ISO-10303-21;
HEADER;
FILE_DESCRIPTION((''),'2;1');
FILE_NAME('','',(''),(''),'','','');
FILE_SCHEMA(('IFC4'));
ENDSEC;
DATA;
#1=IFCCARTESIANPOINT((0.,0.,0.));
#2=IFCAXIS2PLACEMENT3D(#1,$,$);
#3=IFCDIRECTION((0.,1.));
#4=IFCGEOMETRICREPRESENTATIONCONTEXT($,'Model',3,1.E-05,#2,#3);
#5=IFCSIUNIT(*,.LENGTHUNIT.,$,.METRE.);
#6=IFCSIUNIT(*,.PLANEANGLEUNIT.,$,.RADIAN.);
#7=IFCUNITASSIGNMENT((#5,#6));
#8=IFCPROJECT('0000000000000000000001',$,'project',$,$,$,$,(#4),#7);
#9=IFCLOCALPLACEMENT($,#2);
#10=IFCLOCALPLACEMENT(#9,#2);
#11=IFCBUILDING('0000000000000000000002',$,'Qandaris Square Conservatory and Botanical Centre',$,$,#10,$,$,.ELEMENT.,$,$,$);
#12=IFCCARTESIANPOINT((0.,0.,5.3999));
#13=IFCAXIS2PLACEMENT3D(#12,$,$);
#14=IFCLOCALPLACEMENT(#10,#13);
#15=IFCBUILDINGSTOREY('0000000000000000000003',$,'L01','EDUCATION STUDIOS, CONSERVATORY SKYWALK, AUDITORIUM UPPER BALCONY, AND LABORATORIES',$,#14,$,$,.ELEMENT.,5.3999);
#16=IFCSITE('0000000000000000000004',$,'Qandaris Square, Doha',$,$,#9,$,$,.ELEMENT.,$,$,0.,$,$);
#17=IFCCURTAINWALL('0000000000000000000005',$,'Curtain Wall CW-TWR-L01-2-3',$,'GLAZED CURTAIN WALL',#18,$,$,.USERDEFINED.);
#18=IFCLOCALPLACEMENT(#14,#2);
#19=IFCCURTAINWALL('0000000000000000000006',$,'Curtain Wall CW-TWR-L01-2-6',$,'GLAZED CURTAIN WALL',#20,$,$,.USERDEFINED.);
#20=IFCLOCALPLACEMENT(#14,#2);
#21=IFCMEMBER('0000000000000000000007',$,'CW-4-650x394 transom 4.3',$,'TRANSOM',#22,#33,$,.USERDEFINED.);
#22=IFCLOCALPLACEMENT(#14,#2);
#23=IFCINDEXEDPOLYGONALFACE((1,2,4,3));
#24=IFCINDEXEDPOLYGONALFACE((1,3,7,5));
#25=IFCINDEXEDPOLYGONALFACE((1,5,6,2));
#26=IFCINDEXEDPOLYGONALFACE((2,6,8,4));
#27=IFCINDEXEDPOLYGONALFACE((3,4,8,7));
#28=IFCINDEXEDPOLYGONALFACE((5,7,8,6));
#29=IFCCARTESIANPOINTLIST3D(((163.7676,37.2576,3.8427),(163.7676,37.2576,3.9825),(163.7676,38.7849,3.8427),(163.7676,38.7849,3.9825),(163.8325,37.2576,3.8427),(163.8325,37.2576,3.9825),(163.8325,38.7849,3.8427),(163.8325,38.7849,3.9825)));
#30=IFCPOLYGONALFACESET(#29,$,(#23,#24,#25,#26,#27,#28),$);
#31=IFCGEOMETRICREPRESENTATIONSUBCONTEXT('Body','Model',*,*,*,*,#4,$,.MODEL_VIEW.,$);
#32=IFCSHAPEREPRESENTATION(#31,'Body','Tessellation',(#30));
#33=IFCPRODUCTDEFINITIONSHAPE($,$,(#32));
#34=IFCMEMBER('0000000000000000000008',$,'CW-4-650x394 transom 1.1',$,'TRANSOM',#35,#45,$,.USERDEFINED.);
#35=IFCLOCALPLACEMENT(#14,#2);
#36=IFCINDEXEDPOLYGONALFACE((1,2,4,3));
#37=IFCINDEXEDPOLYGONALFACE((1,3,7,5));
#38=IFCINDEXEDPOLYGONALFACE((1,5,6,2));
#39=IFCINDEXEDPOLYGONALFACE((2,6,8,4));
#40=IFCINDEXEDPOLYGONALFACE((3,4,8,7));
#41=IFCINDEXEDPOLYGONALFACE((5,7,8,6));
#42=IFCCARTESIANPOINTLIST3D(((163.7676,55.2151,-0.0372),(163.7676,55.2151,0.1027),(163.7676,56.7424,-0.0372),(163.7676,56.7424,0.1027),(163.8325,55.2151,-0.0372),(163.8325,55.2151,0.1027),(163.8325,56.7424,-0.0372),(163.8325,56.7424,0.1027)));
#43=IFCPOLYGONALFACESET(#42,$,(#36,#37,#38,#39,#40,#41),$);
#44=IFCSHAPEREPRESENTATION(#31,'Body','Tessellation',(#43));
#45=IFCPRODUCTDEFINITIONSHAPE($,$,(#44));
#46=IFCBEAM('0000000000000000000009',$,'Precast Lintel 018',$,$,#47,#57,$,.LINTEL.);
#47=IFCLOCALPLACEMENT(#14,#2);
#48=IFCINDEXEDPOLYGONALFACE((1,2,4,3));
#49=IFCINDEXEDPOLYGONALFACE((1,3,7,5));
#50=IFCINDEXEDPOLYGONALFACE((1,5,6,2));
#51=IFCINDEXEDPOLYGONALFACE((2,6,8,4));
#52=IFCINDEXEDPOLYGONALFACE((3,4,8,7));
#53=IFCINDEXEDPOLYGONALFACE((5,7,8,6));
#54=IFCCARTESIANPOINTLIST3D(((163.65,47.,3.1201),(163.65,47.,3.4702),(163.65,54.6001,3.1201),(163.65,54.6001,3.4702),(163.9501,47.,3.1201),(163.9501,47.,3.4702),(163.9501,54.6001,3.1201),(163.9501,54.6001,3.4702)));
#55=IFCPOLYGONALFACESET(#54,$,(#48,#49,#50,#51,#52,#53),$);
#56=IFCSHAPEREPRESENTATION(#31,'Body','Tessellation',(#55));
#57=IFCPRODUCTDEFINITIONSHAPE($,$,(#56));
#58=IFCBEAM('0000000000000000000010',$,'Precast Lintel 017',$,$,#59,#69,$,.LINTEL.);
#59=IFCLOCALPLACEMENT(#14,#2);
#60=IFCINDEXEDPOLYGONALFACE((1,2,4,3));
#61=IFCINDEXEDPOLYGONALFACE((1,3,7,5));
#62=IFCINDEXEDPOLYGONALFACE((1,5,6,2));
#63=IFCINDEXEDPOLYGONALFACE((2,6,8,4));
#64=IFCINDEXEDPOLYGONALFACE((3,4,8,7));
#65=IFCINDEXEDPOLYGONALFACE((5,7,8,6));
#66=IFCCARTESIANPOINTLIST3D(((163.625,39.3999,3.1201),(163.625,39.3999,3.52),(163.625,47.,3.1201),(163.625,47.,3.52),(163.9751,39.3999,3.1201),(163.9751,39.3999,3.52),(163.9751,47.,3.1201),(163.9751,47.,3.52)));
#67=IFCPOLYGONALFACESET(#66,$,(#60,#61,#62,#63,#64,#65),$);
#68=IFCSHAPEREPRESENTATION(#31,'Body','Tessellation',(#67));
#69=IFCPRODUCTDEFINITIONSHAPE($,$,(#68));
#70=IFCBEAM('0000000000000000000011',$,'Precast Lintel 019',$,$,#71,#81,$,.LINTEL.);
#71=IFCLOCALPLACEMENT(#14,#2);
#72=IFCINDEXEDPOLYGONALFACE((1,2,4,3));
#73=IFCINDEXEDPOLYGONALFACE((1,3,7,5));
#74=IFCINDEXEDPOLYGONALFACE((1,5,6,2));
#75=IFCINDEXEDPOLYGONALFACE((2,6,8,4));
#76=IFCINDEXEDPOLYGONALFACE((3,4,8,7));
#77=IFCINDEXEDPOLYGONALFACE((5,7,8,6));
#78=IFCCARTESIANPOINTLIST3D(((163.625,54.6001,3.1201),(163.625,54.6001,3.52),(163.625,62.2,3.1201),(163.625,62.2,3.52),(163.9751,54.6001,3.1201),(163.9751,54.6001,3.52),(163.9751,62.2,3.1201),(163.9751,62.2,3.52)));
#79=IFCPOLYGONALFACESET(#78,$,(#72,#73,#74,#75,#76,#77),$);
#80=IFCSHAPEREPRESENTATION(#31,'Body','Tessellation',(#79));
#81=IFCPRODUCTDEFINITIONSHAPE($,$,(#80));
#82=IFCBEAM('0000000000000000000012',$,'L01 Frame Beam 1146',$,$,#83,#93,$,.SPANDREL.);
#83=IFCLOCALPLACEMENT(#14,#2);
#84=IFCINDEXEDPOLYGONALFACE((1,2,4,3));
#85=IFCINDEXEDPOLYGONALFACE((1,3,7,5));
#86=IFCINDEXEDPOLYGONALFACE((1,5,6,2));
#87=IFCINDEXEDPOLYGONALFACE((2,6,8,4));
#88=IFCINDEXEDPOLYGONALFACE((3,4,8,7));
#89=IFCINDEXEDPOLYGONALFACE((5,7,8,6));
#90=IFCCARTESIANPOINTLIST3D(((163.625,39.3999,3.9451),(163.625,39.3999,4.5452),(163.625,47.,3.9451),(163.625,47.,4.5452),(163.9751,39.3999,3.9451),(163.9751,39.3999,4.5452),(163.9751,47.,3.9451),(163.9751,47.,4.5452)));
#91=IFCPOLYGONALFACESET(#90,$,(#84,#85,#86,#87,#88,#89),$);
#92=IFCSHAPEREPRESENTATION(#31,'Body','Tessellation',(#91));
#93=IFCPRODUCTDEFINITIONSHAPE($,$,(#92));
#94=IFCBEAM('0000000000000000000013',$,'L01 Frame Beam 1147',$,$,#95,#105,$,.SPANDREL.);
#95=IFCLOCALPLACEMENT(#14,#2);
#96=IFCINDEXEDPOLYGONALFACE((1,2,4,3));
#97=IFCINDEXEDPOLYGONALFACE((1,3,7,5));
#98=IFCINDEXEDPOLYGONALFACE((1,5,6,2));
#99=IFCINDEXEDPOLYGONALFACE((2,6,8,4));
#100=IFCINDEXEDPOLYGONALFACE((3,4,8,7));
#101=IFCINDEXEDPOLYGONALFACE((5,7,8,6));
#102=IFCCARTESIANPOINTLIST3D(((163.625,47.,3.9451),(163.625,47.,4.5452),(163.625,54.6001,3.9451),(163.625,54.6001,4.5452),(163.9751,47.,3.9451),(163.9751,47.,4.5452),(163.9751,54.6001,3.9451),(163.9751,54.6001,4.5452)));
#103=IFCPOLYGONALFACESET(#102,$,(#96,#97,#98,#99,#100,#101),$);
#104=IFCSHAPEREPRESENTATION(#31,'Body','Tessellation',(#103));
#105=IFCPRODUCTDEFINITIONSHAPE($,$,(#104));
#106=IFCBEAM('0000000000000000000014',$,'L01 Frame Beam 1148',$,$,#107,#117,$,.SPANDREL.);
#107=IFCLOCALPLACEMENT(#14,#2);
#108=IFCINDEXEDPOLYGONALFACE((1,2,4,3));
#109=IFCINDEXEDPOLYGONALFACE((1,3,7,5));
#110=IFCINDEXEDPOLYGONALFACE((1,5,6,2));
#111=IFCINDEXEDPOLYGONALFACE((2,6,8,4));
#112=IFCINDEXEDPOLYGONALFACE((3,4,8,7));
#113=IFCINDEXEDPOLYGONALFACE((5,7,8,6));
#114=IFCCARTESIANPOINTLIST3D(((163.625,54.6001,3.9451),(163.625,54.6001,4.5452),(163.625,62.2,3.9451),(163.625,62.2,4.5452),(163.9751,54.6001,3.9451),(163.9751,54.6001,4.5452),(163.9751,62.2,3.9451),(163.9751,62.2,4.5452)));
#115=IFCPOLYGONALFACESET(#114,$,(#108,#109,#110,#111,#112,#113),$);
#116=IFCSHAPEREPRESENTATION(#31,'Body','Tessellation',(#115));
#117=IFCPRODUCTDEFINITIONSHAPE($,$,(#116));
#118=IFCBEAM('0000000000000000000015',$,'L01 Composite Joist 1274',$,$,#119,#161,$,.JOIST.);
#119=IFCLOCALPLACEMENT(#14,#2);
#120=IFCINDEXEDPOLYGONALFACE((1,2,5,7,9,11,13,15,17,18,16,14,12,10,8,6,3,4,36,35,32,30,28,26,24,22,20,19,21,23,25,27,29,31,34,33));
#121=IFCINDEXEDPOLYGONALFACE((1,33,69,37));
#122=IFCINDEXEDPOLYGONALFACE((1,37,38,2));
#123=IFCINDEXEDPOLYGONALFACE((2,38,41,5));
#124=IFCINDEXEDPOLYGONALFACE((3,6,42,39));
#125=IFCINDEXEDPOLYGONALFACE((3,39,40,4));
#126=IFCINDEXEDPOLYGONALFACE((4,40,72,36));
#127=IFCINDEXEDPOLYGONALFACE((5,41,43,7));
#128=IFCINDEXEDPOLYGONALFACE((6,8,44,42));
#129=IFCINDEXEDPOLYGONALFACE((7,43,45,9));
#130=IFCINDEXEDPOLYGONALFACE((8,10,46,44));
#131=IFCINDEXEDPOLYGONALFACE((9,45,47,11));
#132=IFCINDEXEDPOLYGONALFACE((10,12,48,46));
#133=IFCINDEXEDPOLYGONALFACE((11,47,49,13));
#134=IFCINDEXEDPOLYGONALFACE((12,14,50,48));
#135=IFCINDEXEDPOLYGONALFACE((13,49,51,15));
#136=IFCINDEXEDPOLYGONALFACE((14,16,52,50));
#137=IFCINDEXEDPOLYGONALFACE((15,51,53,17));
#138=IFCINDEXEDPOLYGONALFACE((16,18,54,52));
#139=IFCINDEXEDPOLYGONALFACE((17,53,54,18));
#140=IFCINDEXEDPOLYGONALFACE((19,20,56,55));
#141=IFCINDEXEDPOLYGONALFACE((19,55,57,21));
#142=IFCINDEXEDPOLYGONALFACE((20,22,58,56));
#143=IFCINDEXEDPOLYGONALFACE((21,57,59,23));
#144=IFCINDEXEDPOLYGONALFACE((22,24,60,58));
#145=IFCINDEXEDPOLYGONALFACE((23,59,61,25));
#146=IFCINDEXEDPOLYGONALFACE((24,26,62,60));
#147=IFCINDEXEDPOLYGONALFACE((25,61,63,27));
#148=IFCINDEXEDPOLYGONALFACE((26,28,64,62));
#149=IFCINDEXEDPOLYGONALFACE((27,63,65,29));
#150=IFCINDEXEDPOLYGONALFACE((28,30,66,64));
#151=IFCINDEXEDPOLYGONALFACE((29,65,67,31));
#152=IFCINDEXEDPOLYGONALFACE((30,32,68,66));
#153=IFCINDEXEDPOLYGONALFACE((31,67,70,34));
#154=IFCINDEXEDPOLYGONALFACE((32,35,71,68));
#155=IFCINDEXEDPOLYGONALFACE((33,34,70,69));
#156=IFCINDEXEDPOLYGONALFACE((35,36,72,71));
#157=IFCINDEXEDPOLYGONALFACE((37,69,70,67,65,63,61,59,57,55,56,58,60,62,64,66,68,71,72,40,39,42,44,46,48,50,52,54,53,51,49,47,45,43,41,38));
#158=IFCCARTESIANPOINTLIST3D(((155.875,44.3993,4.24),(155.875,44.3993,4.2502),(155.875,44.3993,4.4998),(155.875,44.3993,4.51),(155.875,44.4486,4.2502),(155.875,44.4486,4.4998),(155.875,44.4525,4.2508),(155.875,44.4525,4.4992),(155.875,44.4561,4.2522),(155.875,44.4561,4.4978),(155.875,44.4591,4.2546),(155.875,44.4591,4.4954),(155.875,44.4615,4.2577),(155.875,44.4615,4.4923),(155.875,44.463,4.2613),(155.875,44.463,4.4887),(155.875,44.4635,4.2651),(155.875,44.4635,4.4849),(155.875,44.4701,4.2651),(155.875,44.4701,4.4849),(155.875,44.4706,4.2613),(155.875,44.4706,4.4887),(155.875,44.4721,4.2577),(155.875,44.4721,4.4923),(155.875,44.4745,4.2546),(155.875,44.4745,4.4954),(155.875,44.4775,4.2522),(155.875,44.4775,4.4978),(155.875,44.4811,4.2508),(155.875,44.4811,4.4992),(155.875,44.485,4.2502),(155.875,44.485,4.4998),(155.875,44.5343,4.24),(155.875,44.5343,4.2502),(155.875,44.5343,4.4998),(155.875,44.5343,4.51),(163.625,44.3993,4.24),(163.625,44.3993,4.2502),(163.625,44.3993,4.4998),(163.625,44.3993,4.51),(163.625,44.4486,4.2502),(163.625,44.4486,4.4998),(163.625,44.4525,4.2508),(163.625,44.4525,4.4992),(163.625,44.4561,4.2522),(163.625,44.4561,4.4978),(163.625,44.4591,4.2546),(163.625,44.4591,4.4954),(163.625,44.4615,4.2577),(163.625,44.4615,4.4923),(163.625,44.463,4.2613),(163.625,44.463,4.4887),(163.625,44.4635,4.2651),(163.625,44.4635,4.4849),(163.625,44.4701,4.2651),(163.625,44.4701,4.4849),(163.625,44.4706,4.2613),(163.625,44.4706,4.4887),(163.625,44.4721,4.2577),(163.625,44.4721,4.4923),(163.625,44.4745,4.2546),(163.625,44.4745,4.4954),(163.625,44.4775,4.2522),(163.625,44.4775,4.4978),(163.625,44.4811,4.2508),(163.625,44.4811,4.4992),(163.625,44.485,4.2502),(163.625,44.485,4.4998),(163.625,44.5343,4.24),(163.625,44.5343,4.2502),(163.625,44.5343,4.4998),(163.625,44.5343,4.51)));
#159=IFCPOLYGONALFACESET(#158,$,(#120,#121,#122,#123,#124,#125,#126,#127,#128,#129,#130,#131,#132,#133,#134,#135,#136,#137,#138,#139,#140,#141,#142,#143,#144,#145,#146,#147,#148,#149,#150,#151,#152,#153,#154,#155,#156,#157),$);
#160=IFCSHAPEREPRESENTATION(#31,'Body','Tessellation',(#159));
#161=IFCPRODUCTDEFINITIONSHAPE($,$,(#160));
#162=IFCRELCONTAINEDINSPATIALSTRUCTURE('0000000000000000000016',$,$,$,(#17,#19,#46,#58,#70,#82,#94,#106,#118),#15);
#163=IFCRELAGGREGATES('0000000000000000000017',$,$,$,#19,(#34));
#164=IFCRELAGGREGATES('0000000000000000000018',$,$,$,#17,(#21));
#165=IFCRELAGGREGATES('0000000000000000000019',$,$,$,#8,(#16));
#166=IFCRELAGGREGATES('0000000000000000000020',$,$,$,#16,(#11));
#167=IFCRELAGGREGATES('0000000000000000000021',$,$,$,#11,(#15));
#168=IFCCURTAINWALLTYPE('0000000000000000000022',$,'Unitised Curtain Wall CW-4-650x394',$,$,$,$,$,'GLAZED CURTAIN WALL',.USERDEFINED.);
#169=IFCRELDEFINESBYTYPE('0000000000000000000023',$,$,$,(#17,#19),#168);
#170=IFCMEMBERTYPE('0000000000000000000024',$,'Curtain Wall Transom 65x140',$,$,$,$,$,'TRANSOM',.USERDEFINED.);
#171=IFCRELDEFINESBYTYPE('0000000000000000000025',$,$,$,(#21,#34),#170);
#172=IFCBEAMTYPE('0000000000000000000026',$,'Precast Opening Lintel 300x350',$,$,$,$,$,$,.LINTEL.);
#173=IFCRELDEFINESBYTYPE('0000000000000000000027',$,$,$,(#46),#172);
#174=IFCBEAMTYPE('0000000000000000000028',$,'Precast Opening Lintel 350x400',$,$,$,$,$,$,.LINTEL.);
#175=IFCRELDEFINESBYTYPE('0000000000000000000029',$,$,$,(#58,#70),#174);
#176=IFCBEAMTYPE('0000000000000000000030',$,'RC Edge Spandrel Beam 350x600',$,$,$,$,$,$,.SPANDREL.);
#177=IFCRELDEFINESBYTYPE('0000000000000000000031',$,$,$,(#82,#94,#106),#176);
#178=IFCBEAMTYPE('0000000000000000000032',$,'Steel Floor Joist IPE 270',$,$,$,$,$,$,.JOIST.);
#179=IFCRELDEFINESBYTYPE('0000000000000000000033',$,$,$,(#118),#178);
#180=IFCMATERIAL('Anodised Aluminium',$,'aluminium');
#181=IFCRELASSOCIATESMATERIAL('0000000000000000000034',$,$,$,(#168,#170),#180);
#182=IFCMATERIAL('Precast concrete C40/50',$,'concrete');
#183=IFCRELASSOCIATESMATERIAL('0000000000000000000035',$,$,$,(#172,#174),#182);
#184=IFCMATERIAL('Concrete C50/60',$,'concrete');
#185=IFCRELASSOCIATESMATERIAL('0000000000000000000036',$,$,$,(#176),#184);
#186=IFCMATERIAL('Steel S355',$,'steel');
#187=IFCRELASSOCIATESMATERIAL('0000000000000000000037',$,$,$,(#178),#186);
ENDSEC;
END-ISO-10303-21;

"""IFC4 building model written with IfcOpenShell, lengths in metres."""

from ifc_helpers import new_model, si_unit, direction, frame, origin, origin_2d, place, context, subcontext, project, spatial, rectangle, i_section, extrude, material, material_profile, profile_set, type_object, element, aggregate, save


model = new_model("IFC4")

# Units and contexts
model_context = context("Model", 3, precision=1e-05, world=origin(), true_north=direction((0.0, 1.0)))
body_context = subcontext(model_context, "Body", "Model", "MODEL_VIEW")
ifc_project = project(units=[si_unit("LENGTHUNIT", "METRE"), si_unit("PLANEANGLEUNIT", "RADIAN")], contexts=[model_context])

# Site, building, storey
site_placement = place(None, origin())
site = spatial("IfcSite", under=ifc_project, at=site_placement, Name="Qandaris Square, Doha", CompositionType="ELEMENT", RefElevation=0.0)
building_placement = place(site_placement, origin())
building = spatial("IfcBuilding", under=site, at=building_placement, Name="Qandaris Square Conservatory and Botanical Centre", CompositionType="ELEMENT")
storey_placement = place(building_placement, frame((0.0, 0.0, 5.3999)))
storey = spatial("IfcBuildingStorey", under=building, at=storey_placement, Name="L01", Description="EDUCATION STUDIOS, CONSERVATORY SKYWALK, AUDITORIUM UPPER BALCONY, AND LABORATORIES", CompositionType="ELEMENT", Elevation=5.3999)

# Shared definitions
ifc_material_1 = material(Name="Concrete C50/60", Category="concrete")

# Shared definitions
ifc_material_2 = material(Name="Steel S355", Category="steel")

# Curtain wall
ifc_material_3 = material(Name="Anodised Aluminium", Category="aluminium")
curtain_wall_type = type_object("IfcCurtainWallType", Name="Unitised Curtain Wall CW-4-650x394", ElementType="GLAZED CURTAIN WALL", PredefinedType="USERDEFINED", material=ifc_material_3)
curtain_wall_1_placement = place(storey_placement, origin())
curtain_wall_1 = element("IfcCurtainWall", 1, at=curtain_wall_1_placement, inside=storey, type_object=curtain_wall_type, Name="Curtain Wall CW-TWR-L01-2-3", ObjectType="GLAZED CURTAIN WALL", PredefinedType="USERDEFINED")

# Curtain wall
curtain_wall_2_placement = place(storey_placement, origin())
curtain_wall_2 = element("IfcCurtainWall", 2, at=curtain_wall_2_placement, inside=storey, type_object=curtain_wall_type, Name="Curtain Wall CW-TWR-L01-2-6", ObjectType="GLAZED CURTAIN WALL", PredefinedType="USERDEFINED")

# Members
ifc_material_profile_1 = material_profile(ifc_material_3, rectangle(XDim=0.0649, YDim=0.1399, at=origin_2d()), Name="ALU-TRN 65x140")
ifc_profile_set_1 = profile_set([ifc_material_profile_1], Name="Anodised Aluminium")
member_type_1 = type_object("IfcMemberType", Name="Curtain Wall Transom 65x140", ElementType="TRANSOM", PredefinedType="USERDEFINED", material=ifc_profile_set_1)
member_1_placement = place(storey_placement, frame((163.8, 37.2576, 3.9126), z_axis=(0.0, 1.0, 0.0), x_axis=(-1.0, 0.0, 0.0)))
member_1 = element("IfcMember", 3, at=member_1_placement, type_object=member_type_1, Name="CW-4-650x394 transom 4.3", ObjectType="TRANSOM", PredefinedType="USERDEFINED", context=body_context, shape_type="SweptSolid", body=[
    extrude(rectangle(XDim=0.0649, YDim=0.1399, at=origin_2d()), origin(), (0.0, 0.0, 1.0), 1.5273),
])
member_2_placement = place(storey_placement, frame((163.8, 55.2151, 0.0327), z_axis=(0.0, 1.0, 0.0), x_axis=(-1.0, 0.0, 0.0)))
member_2 = element("IfcMember", 4, at=member_2_placement, type_object=member_type_1, Name="CW-4-650x394 transom 1.1", ObjectType="TRANSOM", PredefinedType="USERDEFINED", context=body_context, shape_type="SweptSolid", body=[
    extrude(rectangle(XDim=0.0649, YDim=0.1399, at=origin_2d()), origin(), (0.0, 0.0, 1.0), 1.5273),
])
aggregate(curtain_wall_2, [member_2])

# Beams
ifc_material_4 = material(Name="Precast concrete C40/50", Category="concrete")
ifc_material_profile_2 = material_profile(ifc_material_4, rectangle(XDim=0.3, YDim=0.3501, at=origin_2d()), Name="RC-LN 300x350")
ifc_profile_set_2 = profile_set([ifc_material_profile_2], Name="Precast concrete C40/50")
beam_type_1 = type_object("IfcBeamType", Name="Precast Opening Lintel 300x350", PredefinedType="LINTEL", material=ifc_profile_set_2)
beam_1_placement = place(storey_placement, frame((163.8, 47.0, 3.2952), z_axis=(0.0, 1.0, 0.0), x_axis=(-1.0, 0.0, 0.0)))
element("IfcBeam", 5, at=beam_1_placement, inside=storey, type_object=beam_type_1, Name="Precast Lintel 018", PredefinedType="LINTEL", context=body_context, shape_type="SweptSolid", body=[
    extrude(rectangle(XDim=0.3, YDim=0.3501, at=origin_2d()), origin(), (0.0, 0.0, 1.0), 7.6001),
])
ifc_material_profile_3 = material_profile(ifc_material_4, rectangle(XDim=0.3501, YDim=0.3999, at=origin_2d()), Name="RC-LN 350x400")
ifc_profile_set_3 = profile_set([ifc_material_profile_3], Name="Precast concrete C40/50")
beam_type_2 = type_object("IfcBeamType", Name="Precast Opening Lintel 350x400", PredefinedType="LINTEL", material=ifc_profile_set_3)
beam_2_placement = place(storey_placement, frame((163.8, 39.3999, 3.3201), z_axis=(0.0, 1.0, 0.0), x_axis=(-1.0, 0.0, 0.0)))
element("IfcBeam", 6, at=beam_2_placement, inside=storey, type_object=beam_type_2, Name="Precast Lintel 017", PredefinedType="LINTEL", context=body_context, shape_type="SweptSolid", body=[
    extrude(rectangle(XDim=0.3501, YDim=0.3999, at=origin_2d()), origin(), (0.0, 0.0, 1.0), 7.6001),
])
beam_3_placement = place(storey_placement, frame((163.8, 54.6001, 3.3201), z_axis=(0.0, 1.0, 0.0), x_axis=(-1.0, 0.0, 0.0)))
element("IfcBeam", 7, at=beam_3_placement, inside=storey, type_object=beam_type_2, Name="Precast Lintel 019", PredefinedType="LINTEL", context=body_context, shape_type="SweptSolid", body=[
    extrude(rectangle(XDim=0.3501, YDim=0.3999, at=origin_2d()), origin(), (0.0, 0.0, 1.0), 7.5999),
])
ifc_material_profile_4 = material_profile(ifc_material_1, rectangle(XDim=0.3501, YDim=0.6001, at=origin_2d()), Name="RC-SP 350x600")
ifc_profile_set_4 = profile_set([ifc_material_profile_4], Name="Concrete C50/60")
beam_type_3 = type_object("IfcBeamType", Name="RC Edge Spandrel Beam 350x600", PredefinedType="SPANDREL", material=ifc_profile_set_4)
for number, where, z_axis, x_axis, name in (
    (8, (163.8, 39.3999, 4.2451), (0.0, 1.0, 0.0), (-1.0, 0.0, 0.0), "L01 Frame Beam 1146"),
    (9, (163.8, 47.0, 4.2451), (0.0, 1.0, 0.0), (-1.0, 0.0, 0.0), "L01 Frame Beam 1147"),
):
    element("IfcBeam", number, at=place(storey_placement, frame(where, z_axis=z_axis, x_axis=x_axis)), inside=storey, type_object=beam_type_3, Name=name, PredefinedType="SPANDREL", context=body_context, shape_type="SweptSolid", body=[
        extrude(rectangle(XDim=0.3501, YDim=0.6001, at=origin_2d()), origin(), (0.0, 0.0, 1.0), 7.6001),
    ])
beam_4_placement = place(storey_placement, frame((163.8, 54.6001, 4.2451), z_axis=(0.0, 1.0, 0.0), x_axis=(-1.0, 0.0, 0.0)))
element("IfcBeam", 10, at=beam_4_placement, inside=storey, type_object=beam_type_3, Name="L01 Frame Beam 1148", PredefinedType="SPANDREL", context=body_context, shape_type="SweptSolid", body=[
    extrude(rectangle(XDim=0.3501, YDim=0.6001, at=origin_2d()), origin(), (0.0, 0.0, 1.0), 7.5999),
])
ifc_material_profile_5 = material_profile(ifc_material_2, i_section(OverallWidth=0.135, OverallDepth=0.27, WebThickness=0.0066, FlangeThickness=0.0103, FilletRadius=0.0149, at=origin_2d()), Name="IPE 270")
ifc_profile_set_5 = profile_set([ifc_material_profile_5], Name="Steel S355")
beam_type_4 = type_object("IfcBeamType", Name="Steel Floor Joist IPE 270", PredefinedType="JOIST", material=ifc_profile_set_5)
for number, where, z_axis, x_axis, name in (
    (11, (155.875, 44.4668, 4.375), (1.0, 0.0, 0.0), (0.0, 1.0, 0.0), "L01 Composite Joist 1274"),
):
    element("IfcBeam", number, at=place(storey_placement, frame(where, z_axis=z_axis, x_axis=x_axis)), inside=storey, type_object=beam_type_4, Name=name, PredefinedType="JOIST", context=body_context, shape_type="SweptSolid", body=[
        extrude(i_section(OverallWidth=0.135, OverallDepth=0.27, WebThickness=0.0066, FlangeThickness=0.0103, FilletRadius=0.0149, at=origin_2d()), origin(), (0.0, 0.0, 1.0), 7.75),
    ])

aggregate(curtain_wall_1, [member_1])

save(model, "model.ifc")
